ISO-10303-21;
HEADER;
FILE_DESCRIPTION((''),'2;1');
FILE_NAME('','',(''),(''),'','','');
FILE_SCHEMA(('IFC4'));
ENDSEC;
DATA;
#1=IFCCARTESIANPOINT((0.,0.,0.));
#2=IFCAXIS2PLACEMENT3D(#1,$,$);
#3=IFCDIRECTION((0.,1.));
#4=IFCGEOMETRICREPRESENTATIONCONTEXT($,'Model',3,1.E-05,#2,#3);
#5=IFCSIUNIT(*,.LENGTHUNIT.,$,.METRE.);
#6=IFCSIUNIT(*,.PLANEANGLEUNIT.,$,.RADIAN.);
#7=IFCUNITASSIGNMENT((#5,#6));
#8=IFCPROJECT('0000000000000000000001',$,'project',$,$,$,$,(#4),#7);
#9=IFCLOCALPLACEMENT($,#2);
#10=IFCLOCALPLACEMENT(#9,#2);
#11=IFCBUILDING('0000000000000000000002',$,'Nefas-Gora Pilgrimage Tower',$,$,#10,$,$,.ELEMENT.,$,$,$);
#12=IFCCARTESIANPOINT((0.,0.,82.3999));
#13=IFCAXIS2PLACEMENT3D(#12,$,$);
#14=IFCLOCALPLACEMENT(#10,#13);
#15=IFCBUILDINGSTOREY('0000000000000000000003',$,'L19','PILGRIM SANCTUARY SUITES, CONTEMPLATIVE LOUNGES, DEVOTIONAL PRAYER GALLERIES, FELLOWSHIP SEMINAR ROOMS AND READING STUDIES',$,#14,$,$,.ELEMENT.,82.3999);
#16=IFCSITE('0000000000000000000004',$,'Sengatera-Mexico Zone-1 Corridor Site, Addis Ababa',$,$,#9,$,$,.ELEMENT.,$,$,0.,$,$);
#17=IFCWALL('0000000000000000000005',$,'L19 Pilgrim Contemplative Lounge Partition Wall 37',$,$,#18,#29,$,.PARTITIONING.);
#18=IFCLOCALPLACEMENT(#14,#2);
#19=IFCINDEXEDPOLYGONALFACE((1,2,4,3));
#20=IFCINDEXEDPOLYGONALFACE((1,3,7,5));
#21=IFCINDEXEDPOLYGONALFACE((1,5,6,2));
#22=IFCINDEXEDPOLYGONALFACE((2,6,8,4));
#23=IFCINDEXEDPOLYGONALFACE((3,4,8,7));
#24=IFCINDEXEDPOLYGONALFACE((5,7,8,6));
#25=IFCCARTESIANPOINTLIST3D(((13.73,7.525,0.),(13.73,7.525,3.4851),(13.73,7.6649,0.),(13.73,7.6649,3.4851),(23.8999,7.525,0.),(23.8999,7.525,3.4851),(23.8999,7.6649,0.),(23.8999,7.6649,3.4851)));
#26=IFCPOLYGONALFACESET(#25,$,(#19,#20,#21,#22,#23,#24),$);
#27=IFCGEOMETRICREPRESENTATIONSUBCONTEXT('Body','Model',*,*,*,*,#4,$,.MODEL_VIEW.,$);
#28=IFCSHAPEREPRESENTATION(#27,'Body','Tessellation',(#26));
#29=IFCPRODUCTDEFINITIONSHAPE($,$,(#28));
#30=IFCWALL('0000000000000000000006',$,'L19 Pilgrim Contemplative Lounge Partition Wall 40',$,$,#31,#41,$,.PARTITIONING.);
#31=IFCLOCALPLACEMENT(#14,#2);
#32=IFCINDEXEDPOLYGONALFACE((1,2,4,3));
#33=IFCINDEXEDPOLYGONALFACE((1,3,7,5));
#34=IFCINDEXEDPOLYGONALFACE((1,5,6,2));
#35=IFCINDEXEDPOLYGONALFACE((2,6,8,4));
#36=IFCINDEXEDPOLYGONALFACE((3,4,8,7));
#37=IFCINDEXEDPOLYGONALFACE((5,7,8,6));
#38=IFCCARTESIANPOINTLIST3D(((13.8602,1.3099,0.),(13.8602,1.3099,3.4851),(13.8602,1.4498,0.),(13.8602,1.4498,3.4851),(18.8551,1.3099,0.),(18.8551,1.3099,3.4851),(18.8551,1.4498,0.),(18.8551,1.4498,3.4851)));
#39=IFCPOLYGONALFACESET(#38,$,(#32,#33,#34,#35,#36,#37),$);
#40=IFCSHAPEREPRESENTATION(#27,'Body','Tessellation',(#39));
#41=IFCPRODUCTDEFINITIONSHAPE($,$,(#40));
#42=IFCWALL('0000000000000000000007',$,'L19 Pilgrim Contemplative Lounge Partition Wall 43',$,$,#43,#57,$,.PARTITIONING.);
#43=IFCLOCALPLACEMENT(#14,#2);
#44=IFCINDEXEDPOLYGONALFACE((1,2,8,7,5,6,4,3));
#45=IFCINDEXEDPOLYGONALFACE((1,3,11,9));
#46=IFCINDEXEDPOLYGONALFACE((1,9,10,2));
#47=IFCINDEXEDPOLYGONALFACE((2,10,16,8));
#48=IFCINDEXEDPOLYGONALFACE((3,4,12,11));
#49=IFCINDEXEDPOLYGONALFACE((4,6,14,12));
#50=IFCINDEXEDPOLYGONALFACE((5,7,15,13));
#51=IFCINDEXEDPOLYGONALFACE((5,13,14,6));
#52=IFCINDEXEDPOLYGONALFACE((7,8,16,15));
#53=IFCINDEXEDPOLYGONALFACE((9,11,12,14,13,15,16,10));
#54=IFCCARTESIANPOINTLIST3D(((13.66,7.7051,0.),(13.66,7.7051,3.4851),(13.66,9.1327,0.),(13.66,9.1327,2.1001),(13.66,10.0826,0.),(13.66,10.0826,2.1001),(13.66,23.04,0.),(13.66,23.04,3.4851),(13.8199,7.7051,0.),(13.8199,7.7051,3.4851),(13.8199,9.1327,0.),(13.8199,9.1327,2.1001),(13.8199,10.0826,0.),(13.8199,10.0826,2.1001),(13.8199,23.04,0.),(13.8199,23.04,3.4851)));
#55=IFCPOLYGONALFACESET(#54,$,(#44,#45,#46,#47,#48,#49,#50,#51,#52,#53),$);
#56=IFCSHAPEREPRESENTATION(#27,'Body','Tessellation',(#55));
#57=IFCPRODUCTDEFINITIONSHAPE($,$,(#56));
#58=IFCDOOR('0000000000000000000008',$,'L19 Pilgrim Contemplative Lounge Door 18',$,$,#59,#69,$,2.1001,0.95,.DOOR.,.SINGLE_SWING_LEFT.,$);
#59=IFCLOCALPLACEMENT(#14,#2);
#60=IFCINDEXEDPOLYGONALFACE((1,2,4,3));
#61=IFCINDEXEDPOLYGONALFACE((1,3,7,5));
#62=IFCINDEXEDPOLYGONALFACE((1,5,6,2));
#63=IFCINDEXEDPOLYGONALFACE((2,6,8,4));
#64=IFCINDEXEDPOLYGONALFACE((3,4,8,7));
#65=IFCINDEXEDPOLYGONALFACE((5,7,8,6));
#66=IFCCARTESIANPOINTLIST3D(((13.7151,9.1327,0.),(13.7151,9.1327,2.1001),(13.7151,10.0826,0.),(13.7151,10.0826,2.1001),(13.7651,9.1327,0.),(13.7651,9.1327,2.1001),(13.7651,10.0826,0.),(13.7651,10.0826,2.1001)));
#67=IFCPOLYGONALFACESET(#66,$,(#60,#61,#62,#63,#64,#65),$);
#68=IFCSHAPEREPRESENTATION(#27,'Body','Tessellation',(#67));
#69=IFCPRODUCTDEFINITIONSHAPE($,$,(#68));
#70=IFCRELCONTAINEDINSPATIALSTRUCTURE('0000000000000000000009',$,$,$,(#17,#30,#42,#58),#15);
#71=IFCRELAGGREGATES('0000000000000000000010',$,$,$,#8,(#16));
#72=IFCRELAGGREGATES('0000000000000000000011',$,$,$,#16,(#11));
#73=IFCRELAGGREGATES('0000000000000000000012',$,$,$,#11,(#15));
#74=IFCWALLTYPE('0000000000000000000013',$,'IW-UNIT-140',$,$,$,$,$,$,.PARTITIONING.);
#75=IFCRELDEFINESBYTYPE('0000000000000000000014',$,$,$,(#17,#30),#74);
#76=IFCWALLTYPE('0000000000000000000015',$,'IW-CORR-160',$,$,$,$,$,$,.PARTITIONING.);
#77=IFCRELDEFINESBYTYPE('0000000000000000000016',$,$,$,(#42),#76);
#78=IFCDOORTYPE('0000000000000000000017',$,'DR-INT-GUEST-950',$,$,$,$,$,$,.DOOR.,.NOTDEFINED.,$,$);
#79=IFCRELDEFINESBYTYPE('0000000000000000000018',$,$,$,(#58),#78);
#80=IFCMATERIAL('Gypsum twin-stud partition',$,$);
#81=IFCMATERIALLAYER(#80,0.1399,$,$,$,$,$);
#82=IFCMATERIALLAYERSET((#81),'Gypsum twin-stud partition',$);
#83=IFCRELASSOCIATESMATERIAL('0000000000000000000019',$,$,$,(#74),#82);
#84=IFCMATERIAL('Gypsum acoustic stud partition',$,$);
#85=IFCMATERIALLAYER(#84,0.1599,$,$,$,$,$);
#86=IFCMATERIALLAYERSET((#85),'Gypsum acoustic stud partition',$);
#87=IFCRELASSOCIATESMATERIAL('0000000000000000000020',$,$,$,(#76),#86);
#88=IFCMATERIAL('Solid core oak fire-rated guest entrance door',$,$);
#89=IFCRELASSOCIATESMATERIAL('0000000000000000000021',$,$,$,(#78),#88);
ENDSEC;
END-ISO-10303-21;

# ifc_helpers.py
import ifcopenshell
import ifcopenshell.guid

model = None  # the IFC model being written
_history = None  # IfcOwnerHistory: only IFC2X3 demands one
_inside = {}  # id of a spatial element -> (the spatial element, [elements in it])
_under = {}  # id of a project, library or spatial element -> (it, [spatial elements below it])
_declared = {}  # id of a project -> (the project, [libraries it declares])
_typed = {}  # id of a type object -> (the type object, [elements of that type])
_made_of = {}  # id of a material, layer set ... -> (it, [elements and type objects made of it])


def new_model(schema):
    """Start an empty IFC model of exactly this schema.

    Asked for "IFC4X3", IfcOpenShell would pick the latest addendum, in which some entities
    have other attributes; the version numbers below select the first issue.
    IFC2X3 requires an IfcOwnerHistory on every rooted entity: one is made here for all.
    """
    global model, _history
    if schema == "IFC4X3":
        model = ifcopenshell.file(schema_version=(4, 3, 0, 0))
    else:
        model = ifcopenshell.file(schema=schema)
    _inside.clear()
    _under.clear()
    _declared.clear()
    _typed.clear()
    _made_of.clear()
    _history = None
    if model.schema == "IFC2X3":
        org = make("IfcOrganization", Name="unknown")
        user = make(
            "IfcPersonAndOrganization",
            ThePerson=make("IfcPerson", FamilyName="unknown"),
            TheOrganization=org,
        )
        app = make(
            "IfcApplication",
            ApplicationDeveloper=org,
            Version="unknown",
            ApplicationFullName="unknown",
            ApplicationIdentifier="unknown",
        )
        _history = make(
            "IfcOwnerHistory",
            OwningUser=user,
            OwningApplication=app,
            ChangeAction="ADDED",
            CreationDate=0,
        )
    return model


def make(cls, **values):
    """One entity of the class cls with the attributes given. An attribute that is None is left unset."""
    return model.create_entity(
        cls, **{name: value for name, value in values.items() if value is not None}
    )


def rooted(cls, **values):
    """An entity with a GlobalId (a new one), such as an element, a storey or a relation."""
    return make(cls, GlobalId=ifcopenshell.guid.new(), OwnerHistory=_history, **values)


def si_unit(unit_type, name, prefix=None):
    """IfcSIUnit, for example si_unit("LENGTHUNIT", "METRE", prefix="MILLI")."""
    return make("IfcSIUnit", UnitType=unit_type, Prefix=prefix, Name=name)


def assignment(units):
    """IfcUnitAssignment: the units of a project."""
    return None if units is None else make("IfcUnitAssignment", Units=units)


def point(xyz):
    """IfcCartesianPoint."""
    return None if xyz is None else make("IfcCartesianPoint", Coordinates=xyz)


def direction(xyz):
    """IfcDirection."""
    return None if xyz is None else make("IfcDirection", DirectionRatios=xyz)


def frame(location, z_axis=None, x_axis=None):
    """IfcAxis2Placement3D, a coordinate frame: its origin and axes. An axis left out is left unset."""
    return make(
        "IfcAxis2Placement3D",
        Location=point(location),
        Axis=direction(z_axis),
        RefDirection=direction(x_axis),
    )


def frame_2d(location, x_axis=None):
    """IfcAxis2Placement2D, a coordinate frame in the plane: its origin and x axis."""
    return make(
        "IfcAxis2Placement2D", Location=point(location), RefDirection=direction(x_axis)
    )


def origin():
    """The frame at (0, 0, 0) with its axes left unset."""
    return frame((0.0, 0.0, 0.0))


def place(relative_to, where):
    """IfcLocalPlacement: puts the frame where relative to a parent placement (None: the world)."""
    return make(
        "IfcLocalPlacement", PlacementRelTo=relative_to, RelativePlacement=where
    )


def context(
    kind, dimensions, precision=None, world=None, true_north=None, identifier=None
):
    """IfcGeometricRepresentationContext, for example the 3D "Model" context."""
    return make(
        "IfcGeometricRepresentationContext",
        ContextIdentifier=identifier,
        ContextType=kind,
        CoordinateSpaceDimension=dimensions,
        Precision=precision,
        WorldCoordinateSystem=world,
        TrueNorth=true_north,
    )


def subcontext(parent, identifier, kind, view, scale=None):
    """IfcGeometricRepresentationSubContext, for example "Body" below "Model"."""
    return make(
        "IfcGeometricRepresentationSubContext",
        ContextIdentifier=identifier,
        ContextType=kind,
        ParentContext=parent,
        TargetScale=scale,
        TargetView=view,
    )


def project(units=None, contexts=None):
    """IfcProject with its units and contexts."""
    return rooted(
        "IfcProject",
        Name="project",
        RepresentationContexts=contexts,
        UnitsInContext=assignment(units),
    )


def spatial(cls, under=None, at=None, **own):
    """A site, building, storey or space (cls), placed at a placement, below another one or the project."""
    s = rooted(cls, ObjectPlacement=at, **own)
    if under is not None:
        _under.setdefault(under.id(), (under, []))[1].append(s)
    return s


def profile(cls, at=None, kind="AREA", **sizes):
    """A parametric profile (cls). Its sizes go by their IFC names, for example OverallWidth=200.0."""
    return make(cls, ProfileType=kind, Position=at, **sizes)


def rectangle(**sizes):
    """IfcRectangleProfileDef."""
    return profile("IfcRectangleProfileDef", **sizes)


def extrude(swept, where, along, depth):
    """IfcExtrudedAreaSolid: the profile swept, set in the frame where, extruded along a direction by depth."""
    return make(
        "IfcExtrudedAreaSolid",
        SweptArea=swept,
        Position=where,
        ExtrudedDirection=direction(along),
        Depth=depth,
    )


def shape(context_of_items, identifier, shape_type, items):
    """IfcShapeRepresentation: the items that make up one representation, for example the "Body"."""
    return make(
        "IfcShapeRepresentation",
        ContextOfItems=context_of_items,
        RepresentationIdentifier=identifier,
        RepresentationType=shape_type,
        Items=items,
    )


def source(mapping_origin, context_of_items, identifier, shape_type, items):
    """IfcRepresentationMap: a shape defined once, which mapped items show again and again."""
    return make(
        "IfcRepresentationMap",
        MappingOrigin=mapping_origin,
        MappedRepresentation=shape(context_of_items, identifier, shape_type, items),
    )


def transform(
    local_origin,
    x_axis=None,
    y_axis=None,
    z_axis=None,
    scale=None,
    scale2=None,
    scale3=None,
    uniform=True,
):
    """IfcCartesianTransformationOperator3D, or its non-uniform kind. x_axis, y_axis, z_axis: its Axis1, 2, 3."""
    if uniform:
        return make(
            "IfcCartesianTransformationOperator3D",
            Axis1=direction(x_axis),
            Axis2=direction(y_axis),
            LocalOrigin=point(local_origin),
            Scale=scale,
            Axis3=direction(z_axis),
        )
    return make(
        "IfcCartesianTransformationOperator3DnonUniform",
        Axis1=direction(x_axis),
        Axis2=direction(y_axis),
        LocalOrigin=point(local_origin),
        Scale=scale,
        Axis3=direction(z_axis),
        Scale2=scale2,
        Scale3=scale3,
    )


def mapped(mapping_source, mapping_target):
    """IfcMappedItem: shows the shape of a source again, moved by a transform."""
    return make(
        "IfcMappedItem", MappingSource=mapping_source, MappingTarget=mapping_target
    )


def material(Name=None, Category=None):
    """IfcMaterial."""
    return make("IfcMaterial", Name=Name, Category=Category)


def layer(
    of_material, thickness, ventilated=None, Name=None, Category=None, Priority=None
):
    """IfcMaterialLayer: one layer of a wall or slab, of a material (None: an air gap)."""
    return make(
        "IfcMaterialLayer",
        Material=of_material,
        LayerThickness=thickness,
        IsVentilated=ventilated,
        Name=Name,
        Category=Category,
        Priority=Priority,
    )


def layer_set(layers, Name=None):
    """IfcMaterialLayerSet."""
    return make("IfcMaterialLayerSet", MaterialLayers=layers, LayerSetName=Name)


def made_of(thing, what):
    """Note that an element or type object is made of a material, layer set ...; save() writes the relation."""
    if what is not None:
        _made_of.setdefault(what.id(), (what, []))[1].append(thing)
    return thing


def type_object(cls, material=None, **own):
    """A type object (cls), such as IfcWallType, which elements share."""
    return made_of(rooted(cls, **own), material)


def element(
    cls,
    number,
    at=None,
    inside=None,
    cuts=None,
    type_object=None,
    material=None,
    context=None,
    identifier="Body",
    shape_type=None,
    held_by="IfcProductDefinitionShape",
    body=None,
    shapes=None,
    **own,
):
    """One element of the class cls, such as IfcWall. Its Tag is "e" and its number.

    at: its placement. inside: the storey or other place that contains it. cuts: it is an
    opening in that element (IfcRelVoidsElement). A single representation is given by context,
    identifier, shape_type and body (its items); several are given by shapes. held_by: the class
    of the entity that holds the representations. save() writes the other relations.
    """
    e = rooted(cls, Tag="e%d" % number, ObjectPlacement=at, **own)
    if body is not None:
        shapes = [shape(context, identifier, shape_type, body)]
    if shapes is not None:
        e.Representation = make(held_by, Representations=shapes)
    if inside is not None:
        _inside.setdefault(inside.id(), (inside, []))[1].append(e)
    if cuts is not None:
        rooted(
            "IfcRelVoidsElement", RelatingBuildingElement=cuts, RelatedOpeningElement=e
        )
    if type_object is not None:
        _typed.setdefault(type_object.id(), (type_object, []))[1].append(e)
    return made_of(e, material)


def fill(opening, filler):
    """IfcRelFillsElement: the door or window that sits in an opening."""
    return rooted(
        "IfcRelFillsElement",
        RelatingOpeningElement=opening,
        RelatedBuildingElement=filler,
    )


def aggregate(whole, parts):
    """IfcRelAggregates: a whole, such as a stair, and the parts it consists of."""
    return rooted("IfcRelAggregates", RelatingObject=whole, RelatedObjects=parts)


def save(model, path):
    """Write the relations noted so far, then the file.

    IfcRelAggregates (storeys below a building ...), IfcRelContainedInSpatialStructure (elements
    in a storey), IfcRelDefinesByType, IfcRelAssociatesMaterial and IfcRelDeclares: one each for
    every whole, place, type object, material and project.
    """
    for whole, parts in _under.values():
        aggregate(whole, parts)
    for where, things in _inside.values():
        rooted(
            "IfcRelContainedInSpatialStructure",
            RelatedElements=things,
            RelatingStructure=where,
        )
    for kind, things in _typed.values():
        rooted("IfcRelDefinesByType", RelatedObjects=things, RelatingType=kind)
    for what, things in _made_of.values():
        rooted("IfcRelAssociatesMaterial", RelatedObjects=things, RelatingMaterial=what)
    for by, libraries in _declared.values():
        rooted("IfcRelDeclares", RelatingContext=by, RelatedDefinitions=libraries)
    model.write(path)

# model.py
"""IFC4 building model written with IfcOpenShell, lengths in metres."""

from ifc_helpers import new_model, si_unit, direction, frame, frame_2d, origin, place, context, subcontext, project, spatial, rectangle, extrude, source, transform, mapped, material, layer, layer_set, type_object, element, fill, save


model = new_model("IFC4")

# Units and contexts
model_context = context("Model", 3, precision=1e-05, world=origin(), true_north=direction((0.0, 1.0)))
body_context = subcontext(model_context, "Body", "Model", "MODEL_VIEW")
ifc_project = project(units=[si_unit("LENGTHUNIT", "METRE"), si_unit("PLANEANGLEUNIT", "RADIAN")], contexts=[model_context])

# Site, building, storey
site_placement = place(None, origin())
site = spatial("IfcSite", under=ifc_project, at=site_placement, Name="Sengatera-Mexico Zone-1 Corridor Site, Addis Ababa", CompositionType="ELEMENT", RefElevation=0.0)
building_placement = place(site_placement, origin())
building = spatial("IfcBuilding", under=site, at=building_placement, Name="Nefas-Gora Pilgrimage Tower", CompositionType="ELEMENT")
storey_placement = place(building_placement, frame((0.0, 0.0, 82.3999)))
storey = spatial("IfcBuildingStorey", under=building, at=storey_placement, Name="L19", Description="PILGRIM SANCTUARY SUITES, CONTEMPLATIVE LOUNGES, DEVOTIONAL PRAYER GALLERIES, FELLOWSHIP SEMINAR ROOMS AND READING STUDIES", CompositionType="ELEMENT", Elevation=82.3999)

# Walls
ifc_material_1 = material(Name="Gypsum twin-stud partition")
ifc_layer_1 = layer(ifc_material_1, 0.1399)
ifc_layer_set_1 = layer_set([ifc_layer_1], Name="Gypsum twin-stud partition")
wall_type_1 = type_object("IfcWallType", Name="IW-UNIT-140", PredefinedType="PARTITIONING", material=ifc_layer_set_1)
shared_shape_1 = source(origin(), body_context, "Body", "SweptSolid", [
    extrude(rectangle(XDim=10.1699, YDim=0.1399, at=frame_2d((5.085, 0.0))), origin(), (0.0, 0.0, 1.0), 3.4851),
])
wall_1_placement = place(storey_placement, frame((13.73, 7.595, 0.0), z_axis=(0.0, 0.0, 1.0), x_axis=(1.0, 0.0, 0.0)))
element("IfcWall", 1, at=wall_1_placement, inside=storey, type_object=wall_type_1, Name="L19 Pilgrim Contemplative Lounge Partition Wall 37", PredefinedType="PARTITIONING", context=body_context, shape_type="MappedRepresentation", body=[
    mapped(shared_shape_1, transform((0.0, 0.0, 0.0), x_axis=(1.0, 0.0, 0.0), y_axis=(0.0, 1.0, 0.0), z_axis=(0.0, 0.0, 1.0), scale=1.0)),
])
shared_shape_2 = source(origin(), body_context, "Body", "SweptSolid", [
    extrude(rectangle(XDim=4.9949, YDim=0.1399, at=frame_2d((2.4976, 0.0))), origin(), (0.0, 0.0, 1.0), 3.4851),
])
wall_2_placement = place(storey_placement, frame((13.8601, 1.3799, 0.0), z_axis=(0.0, 0.0, 1.0), x_axis=(1.0, 0.0, 0.0)))
element("IfcWall", 2, at=wall_2_placement, inside=storey, type_object=wall_type_1, Name="L19 Pilgrim Contemplative Lounge Partition Wall 40", PredefinedType="PARTITIONING", context=body_context, shape_type="MappedRepresentation", body=[
    mapped(shared_shape_2, transform((0.0, 0.0, 0.0), x_axis=(1.0, 0.0, 0.0), y_axis=(0.0, 1.0, 0.0), z_axis=(0.0, 0.0, 1.0), scale=1.0)),
])

# Wall, opening, door
ifc_material_2 = material(Name="Gypsum acoustic stud partition")
ifc_layer_2 = layer(ifc_material_2, 0.1599)
ifc_layer_set_2 = layer_set([ifc_layer_2], Name="Gypsum acoustic stud partition")
wall_type_2 = type_object("IfcWallType", Name="IW-CORR-160", PredefinedType="PARTITIONING", material=ifc_layer_set_2)
shared_shape_3 = source(origin(), body_context, "Body", "SweptSolid", [
    extrude(rectangle(XDim=15.335, YDim=0.1599, at=frame_2d((7.6675, 0.0))), origin(), (0.0, 0.0, 1.0), 3.4851),
])
wall_3_placement = place(storey_placement, frame((13.74, 7.7051, 0.0), z_axis=(0.0, 0.0, 1.0), x_axis=(0.0, 1.0, 0.0)))
wall_3 = element("IfcWall", 3, at=wall_3_placement, inside=storey, type_object=wall_type_2, Name="L19 Pilgrim Contemplative Lounge Partition Wall 43", PredefinedType="PARTITIONING", context=body_context, shape_type="MappedRepresentation", body=[
    mapped(shared_shape_3, transform((0.0, 0.0, 0.0), x_axis=(1.0, 0.0, 0.0), y_axis=(0.0, 1.0, 0.0), z_axis=(0.0, 0.0, 1.0), scale=1.0)),
])
opening_placement = place(wall_3_placement, frame((1.4275, 0.0, 0.0)))
opening = element("IfcOpeningElement", 4, at=opening_placement, cuts=wall_3, PredefinedType="OPENING", context=body_context, shape_type="SweptSolid", body=[
    extrude(rectangle(XDim=0.95, YDim=2.1001, at=frame_2d((0.4751, 1.05))), frame((0.0, 0.0898, 0.0), z_axis=(0.0, -1.0, 0.0), x_axis=(1.0, 0.0, 0.0)), (0.0, 0.0, 1.0), 0.1799),
])
ifc_material_3 = material(Name="Solid core oak fire-rated guest entrance door")
door_type = type_object("IfcDoorType", Name="DR-INT-GUEST-950", OperationType="NOTDEFINED", PredefinedType="DOOR", material=ifc_material_3)
shared_shape_4 = source(origin(), body_context, "Body", "SweptSolid", [
    extrude(rectangle(XDim=0.95, YDim=2.1001, at=frame_2d((0.4751, 1.05))), frame((0.0, 0.0249, 0.0), z_axis=(0.0, -1.0, 0.0), x_axis=(1.0, 0.0, 0.0)), (0.0, 0.0, 1.0), 0.05),
])
door_placement = place(opening_placement, origin())
door = element("IfcDoor", 5, at=door_placement, inside=storey, type_object=door_type, Name="L19 Pilgrim Contemplative Lounge Door 18", OperationType="SINGLE_SWING_LEFT", OverallHeight=2.1001, OverallWidth=0.95, PredefinedType="DOOR", context=body_context, shape_type="MappedRepresentation", body=[
    mapped(shared_shape_4, transform((0.0, 0.0, 0.0), x_axis=(1.0, 0.0, 0.0), y_axis=(0.0, 1.0, 0.0), z_axis=(0.0, 0.0, 1.0), scale=1.0)),
])
fill(opening, door)

save(model, "model.ifc")
